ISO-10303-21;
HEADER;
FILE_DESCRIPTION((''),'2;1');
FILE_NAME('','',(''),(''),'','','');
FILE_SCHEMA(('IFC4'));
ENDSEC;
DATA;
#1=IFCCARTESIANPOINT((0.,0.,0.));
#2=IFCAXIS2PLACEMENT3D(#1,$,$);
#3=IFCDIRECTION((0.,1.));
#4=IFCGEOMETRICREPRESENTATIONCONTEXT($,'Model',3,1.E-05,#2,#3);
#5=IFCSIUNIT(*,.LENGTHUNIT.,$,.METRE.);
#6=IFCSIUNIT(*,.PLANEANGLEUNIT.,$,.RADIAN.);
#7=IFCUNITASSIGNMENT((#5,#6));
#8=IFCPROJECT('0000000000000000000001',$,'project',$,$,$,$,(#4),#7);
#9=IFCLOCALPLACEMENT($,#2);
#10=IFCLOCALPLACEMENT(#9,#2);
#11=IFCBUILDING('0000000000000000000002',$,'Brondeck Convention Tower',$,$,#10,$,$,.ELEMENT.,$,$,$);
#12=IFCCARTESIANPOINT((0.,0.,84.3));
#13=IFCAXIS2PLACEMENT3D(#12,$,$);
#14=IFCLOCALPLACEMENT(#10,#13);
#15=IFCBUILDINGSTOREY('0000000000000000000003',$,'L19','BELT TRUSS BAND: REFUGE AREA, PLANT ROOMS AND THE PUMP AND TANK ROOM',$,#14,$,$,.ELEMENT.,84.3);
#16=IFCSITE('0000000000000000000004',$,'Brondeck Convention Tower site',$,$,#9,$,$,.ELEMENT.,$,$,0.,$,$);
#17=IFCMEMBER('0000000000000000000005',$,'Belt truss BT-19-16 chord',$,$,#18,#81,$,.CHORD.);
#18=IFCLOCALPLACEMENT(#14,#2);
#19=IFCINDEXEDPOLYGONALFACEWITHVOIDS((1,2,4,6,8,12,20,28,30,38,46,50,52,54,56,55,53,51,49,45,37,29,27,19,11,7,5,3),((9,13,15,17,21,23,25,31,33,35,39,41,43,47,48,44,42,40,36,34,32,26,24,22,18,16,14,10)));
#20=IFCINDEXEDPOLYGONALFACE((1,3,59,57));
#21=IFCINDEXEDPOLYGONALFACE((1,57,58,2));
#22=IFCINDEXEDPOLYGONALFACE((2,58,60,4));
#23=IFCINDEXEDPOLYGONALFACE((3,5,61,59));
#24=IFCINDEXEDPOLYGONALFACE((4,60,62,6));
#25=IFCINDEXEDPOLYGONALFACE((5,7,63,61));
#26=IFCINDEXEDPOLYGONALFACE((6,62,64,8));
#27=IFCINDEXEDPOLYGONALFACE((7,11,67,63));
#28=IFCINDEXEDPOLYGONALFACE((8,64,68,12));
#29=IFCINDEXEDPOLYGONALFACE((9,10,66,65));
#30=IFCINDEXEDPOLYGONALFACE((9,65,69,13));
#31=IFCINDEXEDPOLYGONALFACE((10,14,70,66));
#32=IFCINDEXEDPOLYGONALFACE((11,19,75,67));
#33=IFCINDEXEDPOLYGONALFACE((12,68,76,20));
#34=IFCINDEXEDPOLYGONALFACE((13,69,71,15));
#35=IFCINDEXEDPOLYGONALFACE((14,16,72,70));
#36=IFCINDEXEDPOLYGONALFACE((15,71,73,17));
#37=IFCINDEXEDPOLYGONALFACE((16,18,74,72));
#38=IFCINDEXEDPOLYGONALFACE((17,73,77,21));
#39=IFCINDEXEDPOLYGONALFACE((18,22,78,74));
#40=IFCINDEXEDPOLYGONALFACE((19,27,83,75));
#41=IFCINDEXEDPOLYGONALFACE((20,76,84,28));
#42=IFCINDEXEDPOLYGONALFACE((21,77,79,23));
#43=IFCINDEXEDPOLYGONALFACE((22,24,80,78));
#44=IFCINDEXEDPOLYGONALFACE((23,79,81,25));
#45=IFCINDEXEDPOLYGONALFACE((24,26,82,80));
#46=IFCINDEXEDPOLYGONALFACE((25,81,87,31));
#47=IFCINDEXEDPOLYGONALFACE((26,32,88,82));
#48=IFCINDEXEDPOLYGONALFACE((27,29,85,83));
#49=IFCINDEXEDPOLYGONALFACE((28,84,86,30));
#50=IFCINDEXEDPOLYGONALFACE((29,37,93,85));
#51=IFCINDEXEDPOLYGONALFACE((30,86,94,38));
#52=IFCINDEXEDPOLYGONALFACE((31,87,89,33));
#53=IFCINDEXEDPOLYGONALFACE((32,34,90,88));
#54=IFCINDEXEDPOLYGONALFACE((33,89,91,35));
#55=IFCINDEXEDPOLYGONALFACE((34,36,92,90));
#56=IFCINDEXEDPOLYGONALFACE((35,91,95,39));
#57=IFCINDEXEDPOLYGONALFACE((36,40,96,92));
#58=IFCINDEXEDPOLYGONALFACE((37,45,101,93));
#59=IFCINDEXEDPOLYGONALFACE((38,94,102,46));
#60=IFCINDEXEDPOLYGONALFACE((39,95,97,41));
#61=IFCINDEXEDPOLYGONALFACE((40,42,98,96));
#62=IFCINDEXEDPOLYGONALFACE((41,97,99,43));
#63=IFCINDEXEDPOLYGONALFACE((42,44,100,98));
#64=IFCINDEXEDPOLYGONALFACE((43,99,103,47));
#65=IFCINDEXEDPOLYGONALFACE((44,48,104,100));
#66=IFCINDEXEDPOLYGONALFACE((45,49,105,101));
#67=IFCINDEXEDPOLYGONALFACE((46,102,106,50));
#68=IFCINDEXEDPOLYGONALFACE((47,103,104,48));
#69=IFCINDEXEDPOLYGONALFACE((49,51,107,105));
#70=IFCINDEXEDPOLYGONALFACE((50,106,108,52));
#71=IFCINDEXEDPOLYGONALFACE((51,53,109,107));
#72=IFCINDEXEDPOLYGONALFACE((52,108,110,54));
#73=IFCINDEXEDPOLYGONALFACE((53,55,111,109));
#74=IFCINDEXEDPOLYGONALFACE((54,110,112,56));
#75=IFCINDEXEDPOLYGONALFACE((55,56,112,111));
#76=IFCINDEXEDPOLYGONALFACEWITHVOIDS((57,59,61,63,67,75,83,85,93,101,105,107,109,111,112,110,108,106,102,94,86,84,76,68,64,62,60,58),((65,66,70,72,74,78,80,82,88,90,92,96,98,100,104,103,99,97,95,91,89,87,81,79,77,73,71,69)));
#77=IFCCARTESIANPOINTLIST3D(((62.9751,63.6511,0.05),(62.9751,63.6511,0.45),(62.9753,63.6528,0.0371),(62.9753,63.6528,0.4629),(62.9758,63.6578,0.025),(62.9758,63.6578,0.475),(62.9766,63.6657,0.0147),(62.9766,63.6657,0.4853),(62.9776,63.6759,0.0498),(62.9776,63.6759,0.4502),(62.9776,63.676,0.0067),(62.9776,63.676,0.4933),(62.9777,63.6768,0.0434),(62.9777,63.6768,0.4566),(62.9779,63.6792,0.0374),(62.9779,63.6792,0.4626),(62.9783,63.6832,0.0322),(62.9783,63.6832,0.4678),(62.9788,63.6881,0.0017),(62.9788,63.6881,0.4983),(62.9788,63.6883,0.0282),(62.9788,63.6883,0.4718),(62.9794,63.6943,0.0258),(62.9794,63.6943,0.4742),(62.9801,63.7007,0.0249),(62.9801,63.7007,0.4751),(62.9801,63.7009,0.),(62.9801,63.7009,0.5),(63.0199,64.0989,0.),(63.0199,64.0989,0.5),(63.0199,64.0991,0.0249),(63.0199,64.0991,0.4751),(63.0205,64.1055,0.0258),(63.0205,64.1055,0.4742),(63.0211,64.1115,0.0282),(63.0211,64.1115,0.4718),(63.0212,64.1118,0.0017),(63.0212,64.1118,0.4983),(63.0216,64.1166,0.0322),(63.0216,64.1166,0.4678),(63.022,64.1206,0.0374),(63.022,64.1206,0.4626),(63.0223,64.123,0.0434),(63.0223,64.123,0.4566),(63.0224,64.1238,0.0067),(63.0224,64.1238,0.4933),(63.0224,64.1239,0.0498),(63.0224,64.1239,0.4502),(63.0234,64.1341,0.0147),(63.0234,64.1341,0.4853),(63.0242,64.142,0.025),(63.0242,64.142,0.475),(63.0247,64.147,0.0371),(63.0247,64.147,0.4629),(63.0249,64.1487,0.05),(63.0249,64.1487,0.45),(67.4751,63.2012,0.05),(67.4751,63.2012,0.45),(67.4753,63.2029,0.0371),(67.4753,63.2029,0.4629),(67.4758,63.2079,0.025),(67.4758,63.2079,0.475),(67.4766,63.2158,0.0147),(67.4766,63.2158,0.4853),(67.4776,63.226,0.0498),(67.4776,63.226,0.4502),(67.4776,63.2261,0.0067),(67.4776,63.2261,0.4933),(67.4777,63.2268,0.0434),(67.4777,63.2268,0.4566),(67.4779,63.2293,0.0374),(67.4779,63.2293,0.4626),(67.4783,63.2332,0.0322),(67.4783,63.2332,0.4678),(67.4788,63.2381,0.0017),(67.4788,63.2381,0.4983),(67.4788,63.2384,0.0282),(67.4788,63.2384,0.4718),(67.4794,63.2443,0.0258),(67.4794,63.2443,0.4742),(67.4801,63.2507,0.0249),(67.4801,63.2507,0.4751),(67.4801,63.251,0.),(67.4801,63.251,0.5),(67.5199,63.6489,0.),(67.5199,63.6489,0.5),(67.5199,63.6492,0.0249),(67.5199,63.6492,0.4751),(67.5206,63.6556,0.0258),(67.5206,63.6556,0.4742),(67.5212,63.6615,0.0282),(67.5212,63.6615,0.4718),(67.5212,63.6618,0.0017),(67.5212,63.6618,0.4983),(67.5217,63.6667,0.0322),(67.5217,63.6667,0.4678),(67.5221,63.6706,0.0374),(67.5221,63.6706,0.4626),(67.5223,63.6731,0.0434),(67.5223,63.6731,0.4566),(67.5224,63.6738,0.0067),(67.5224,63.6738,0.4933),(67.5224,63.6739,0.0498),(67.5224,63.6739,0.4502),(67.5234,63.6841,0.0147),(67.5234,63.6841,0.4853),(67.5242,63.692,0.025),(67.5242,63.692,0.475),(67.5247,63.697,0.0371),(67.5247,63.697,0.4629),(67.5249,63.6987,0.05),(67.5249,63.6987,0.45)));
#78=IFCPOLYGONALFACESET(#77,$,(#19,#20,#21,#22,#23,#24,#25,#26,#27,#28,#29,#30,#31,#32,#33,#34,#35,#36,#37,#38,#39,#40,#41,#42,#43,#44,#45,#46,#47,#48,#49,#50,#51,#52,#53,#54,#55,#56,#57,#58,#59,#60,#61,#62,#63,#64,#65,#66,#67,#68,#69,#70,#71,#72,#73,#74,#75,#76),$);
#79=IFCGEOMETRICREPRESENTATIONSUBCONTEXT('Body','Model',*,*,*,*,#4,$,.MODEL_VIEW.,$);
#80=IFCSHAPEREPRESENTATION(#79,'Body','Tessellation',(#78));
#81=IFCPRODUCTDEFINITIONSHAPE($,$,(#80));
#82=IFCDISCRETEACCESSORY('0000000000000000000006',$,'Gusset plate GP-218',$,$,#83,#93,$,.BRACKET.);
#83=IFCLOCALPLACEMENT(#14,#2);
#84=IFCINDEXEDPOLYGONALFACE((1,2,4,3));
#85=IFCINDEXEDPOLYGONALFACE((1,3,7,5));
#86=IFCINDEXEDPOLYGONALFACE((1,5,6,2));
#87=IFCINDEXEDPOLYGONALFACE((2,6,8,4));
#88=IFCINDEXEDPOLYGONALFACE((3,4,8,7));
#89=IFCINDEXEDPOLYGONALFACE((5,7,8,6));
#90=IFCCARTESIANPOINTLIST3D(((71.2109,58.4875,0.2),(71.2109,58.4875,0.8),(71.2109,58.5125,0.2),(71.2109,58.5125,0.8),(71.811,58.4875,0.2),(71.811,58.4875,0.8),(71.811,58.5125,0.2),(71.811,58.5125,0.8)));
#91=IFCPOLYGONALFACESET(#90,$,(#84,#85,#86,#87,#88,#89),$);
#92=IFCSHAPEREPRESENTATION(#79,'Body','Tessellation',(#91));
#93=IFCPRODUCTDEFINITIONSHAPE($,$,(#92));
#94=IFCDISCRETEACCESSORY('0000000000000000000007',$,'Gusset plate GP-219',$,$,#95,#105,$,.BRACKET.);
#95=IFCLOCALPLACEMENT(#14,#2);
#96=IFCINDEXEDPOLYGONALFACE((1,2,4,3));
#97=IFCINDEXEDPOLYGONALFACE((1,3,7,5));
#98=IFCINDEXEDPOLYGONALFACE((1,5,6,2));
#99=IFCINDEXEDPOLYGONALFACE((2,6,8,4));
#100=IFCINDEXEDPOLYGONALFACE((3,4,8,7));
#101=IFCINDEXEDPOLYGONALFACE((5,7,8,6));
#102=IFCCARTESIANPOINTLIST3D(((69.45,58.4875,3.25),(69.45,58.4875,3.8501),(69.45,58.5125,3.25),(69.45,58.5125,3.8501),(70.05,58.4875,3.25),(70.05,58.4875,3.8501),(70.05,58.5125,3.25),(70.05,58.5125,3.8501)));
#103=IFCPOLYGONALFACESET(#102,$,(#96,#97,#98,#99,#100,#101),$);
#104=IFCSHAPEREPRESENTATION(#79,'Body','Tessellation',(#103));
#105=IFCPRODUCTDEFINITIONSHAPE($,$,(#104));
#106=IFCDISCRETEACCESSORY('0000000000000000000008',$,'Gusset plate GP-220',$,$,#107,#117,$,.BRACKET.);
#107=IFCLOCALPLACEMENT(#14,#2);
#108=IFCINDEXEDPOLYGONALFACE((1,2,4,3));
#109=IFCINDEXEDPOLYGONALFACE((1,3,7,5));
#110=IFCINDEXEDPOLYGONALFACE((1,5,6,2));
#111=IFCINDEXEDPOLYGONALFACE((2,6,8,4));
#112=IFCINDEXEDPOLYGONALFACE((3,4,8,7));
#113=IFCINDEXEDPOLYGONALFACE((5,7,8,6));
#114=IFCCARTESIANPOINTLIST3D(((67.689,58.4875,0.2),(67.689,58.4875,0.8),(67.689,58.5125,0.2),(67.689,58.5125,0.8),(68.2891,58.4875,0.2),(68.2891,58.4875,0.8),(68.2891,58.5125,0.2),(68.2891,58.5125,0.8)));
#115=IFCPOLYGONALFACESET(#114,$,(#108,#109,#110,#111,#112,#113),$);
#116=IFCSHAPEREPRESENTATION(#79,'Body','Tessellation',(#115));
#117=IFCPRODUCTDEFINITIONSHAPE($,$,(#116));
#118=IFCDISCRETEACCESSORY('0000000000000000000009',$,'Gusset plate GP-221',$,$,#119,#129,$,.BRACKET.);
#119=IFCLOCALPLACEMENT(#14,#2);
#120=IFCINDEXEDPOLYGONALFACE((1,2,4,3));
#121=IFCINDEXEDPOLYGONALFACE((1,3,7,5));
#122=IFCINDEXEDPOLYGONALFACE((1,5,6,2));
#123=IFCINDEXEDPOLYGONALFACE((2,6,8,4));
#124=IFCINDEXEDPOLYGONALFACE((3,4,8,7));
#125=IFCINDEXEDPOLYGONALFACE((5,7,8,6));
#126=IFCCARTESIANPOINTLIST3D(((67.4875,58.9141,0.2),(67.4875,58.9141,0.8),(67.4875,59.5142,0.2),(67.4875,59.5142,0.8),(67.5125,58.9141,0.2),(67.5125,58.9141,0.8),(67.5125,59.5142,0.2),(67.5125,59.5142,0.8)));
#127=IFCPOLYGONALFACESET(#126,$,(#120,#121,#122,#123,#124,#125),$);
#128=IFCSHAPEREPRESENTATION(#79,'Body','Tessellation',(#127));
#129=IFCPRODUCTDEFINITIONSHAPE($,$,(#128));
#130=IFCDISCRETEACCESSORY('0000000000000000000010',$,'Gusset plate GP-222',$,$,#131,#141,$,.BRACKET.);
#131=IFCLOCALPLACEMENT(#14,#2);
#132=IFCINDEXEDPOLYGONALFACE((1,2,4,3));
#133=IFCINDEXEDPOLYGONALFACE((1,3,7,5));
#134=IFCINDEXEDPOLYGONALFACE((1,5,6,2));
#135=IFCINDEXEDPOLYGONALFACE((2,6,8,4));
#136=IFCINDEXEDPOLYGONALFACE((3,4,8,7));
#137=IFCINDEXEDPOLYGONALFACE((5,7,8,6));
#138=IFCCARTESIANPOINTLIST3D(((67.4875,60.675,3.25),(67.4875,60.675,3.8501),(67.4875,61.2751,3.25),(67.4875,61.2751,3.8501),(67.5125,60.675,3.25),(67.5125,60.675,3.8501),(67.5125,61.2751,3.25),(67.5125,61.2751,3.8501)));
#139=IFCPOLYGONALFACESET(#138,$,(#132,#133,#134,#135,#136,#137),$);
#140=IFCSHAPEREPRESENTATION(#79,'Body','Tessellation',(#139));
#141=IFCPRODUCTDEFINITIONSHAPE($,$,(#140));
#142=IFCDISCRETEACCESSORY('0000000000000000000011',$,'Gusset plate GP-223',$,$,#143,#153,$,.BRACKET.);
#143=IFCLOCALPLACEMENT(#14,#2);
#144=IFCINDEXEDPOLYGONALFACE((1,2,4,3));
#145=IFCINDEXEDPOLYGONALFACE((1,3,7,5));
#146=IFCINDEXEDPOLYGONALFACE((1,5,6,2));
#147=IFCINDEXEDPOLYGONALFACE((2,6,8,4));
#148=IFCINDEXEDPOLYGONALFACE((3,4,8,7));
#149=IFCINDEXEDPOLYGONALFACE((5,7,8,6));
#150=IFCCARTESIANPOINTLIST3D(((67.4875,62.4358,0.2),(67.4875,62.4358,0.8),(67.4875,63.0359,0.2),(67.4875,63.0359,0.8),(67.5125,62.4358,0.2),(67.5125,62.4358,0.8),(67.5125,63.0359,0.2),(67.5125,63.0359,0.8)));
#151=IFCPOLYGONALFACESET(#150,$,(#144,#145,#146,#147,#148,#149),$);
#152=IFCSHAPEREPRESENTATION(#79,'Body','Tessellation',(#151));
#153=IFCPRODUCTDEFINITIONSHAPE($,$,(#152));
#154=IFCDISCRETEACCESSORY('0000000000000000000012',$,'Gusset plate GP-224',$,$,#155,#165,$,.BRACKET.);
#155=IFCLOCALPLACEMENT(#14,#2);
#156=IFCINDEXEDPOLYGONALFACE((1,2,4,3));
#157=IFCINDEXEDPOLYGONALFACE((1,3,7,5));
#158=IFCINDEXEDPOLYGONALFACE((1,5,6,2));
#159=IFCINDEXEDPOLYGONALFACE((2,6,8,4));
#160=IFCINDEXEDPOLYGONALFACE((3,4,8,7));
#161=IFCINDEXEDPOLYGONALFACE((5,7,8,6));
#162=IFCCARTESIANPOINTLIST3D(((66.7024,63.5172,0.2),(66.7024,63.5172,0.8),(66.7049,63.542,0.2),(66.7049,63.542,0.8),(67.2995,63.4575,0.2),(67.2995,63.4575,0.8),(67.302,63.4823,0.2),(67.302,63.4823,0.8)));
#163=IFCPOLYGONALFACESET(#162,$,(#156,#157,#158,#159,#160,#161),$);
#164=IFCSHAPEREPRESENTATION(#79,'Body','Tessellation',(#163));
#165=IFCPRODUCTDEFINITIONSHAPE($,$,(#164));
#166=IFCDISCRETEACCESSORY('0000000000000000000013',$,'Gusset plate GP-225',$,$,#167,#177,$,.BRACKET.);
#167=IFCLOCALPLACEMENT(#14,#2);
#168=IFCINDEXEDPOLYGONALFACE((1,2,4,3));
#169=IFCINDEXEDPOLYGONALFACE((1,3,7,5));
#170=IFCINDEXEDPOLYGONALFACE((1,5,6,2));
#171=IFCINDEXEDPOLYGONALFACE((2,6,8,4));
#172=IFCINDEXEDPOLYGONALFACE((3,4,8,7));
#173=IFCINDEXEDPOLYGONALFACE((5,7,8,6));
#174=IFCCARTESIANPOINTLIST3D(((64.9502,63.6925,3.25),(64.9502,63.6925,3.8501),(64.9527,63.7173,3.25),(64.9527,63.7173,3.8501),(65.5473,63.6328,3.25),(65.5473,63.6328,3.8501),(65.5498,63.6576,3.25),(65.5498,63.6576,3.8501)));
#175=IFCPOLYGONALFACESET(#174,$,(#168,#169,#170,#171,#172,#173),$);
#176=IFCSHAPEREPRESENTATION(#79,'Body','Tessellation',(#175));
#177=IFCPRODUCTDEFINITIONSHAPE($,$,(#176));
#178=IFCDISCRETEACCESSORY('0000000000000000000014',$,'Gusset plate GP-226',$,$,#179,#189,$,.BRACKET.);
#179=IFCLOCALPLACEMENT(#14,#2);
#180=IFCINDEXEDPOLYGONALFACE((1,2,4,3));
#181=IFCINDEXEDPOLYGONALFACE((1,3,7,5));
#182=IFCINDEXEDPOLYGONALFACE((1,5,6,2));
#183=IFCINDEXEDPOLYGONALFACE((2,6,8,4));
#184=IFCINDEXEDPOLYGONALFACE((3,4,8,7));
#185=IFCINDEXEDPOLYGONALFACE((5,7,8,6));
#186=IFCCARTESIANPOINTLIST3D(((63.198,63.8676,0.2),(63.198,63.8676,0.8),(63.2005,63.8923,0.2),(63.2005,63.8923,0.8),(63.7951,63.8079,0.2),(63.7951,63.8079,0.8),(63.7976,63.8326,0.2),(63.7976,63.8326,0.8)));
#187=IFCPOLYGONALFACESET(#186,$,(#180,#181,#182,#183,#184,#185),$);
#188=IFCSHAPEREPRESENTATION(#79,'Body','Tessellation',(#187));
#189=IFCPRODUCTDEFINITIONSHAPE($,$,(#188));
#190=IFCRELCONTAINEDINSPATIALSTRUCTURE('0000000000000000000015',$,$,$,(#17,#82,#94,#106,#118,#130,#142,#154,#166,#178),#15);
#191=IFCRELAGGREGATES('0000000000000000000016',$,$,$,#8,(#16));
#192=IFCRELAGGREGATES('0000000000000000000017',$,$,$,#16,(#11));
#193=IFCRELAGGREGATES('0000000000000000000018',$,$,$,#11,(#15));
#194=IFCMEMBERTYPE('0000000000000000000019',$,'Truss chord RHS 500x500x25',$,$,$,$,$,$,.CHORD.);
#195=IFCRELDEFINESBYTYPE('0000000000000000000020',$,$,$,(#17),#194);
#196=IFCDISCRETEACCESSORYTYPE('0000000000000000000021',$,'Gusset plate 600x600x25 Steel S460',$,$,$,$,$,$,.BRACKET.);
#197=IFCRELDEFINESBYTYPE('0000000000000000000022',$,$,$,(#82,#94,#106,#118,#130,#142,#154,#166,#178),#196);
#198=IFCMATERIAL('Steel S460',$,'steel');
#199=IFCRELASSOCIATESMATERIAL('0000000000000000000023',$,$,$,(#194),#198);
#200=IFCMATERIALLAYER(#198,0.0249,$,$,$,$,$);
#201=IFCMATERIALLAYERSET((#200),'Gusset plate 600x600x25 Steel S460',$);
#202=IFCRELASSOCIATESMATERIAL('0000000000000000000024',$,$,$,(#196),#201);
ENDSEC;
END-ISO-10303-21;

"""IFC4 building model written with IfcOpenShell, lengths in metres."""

from ifc_helpers import new_model, si_unit, direction, frame, origin, origin_2d, place, context, subcontext, project, spatial, rectangle, hollow_rectangle, extrude, material, layer, layer_set, material_profile, profile_set, type_object, element, save


model = new_model("IFC4")

# Units and contexts
model_context = context("Model", 3, precision=1e-05, world=origin(), true_north=direction((0.0, 1.0)))
body_context = subcontext(model_context, "Body", "Model", "MODEL_VIEW")
ifc_project = project(units=[si_unit("LENGTHUNIT", "METRE"), si_unit("PLANEANGLEUNIT", "RADIAN")], contexts=[model_context])

# Site, building, storey
site_placement = place(None, origin())
site = spatial("IfcSite", under=ifc_project, at=site_placement, Name="Brondeck Convention Tower site", CompositionType="ELEMENT", RefElevation=0.0)
building_placement = place(site_placement, origin())
building = spatial("IfcBuilding", under=site, at=building_placement, Name="Brondeck Convention Tower", CompositionType="ELEMENT")
storey_placement = place(building_placement, frame((0.0, 0.0, 84.3)))
storey = spatial("IfcBuildingStorey", under=building, at=storey_placement, Name="L19", Description="BELT TRUSS BAND: REFUGE AREA, PLANT ROOMS AND THE PUMP AND TANK ROOM", CompositionType="ELEMENT", Elevation=84.3)

# Shared definitions
ifc_material_1 = material(Name="Steel S460", Category="steel")

# Member
ifc_material_profile_1 = material_profile(ifc_material_1, hollow_rectangle(XDim=0.5, YDim=0.5, WallThickness=0.0249, InnerFilletRadius=0.0249, OuterFilletRadius=0.05, at=origin_2d()), Name="RHS 500x500x25")
ifc_profile_set_1 = profile_set([ifc_material_profile_1], Name="Steel S460")
member_type_1 = type_object("IfcMemberType", Name="Truss chord RHS 500x500x25", PredefinedType="CHORD", material=ifc_profile_set_1)
member_1_placement = place(storey_placement, frame((67.5, 63.45, 0.25), z_axis=(-0.995038, 0.099493, 0.0), x_axis=(-0.099493, -0.995038, 0.0)))
element("IfcMember", 1, at=member_1_placement, inside=storey, type_object=member_type_1, Name="Belt truss BT-19-16 chord", PredefinedType="CHORD", context=body_context, shape_type="SweptSolid", body=[
    extrude(hollow_rectangle(XDim=0.5, YDim=0.5, WallThickness=0.0249, InnerFilletRadius=0.0249, OuterFilletRadius=0.05, at=origin_2d()), origin(), (0.0, 0.0, 1.0), 4.5225),
])

# Discrete accessories
ifc_layer = layer(ifc_material_1, 0.0249)
ifc_layer_set = layer_set([ifc_layer], Name="Gusset plate 600x600x25 Steel S460")
discrete_accessory_type = type_object("IfcDiscreteAccessoryType", Name="Gusset plate 600x600x25 Steel S460", PredefinedType="BRACKET", material=ifc_layer_set)
for number, where, z_axis, x_axis, name in (
    (2, (71.511, 58.5, 0.2), (0.0, 0.0, 1.0), (1.0, 0.0, 0.0), "Gusset plate GP-218"),
    (3, (69.75, 58.5, 3.25), (0.0, 0.0, 1.0), (1.0, 0.0, 0.0), "Gusset plate GP-219"),
    (4, (67.989, 58.5, 0.2), (0.0, 0.0, 1.0), (1.0, 0.0, 0.0), "Gusset plate GP-220"),
    (5, (67.5, 59.2141, 0.2), (0.0, 0.0, 1.0), (0.0, 1.0, 0.0), "Gusset plate GP-221"),
    (6, (67.5, 60.9751, 3.25), (0.0, 0.0, 1.0), (0.0, 1.0, 0.0), "Gusset plate GP-222"),
    (7, (67.5, 62.7358, 0.2), (0.0, 0.0, 1.0), (0.0, 1.0, 0.0), "Gusset plate GP-223"),
    (8, (67.0022, 63.4998, 0.2), (0.0, 0.0, 1.0), (-0.995036, 0.099511, 0.0), "Gusset plate GP-224"),
    (9, (65.25, 63.675, 3.25), (0.0, 0.0, 1.0), (-0.995036, 0.099511, 0.0), "Gusset plate GP-225"),
    (10, (63.4978, 63.8501, 0.2), (0.0, 0.0, 1.0), (-0.995036, 0.099511, 0.0), "Gusset plate GP-226"),
):
    element("IfcDiscreteAccessory", number, at=place(storey_placement, frame(where, z_axis=z_axis, x_axis=x_axis)), inside=storey, type_object=discrete_accessory_type, Name=name, PredefinedType="BRACKET", context=body_context, shape_type="SweptSolid", body=[
        extrude(rectangle(XDim=0.6001, YDim=0.0249, at=origin_2d()), origin(), (0.0, 0.0, 1.0), 0.6001),
    ])

save(model, "model.ifc")
